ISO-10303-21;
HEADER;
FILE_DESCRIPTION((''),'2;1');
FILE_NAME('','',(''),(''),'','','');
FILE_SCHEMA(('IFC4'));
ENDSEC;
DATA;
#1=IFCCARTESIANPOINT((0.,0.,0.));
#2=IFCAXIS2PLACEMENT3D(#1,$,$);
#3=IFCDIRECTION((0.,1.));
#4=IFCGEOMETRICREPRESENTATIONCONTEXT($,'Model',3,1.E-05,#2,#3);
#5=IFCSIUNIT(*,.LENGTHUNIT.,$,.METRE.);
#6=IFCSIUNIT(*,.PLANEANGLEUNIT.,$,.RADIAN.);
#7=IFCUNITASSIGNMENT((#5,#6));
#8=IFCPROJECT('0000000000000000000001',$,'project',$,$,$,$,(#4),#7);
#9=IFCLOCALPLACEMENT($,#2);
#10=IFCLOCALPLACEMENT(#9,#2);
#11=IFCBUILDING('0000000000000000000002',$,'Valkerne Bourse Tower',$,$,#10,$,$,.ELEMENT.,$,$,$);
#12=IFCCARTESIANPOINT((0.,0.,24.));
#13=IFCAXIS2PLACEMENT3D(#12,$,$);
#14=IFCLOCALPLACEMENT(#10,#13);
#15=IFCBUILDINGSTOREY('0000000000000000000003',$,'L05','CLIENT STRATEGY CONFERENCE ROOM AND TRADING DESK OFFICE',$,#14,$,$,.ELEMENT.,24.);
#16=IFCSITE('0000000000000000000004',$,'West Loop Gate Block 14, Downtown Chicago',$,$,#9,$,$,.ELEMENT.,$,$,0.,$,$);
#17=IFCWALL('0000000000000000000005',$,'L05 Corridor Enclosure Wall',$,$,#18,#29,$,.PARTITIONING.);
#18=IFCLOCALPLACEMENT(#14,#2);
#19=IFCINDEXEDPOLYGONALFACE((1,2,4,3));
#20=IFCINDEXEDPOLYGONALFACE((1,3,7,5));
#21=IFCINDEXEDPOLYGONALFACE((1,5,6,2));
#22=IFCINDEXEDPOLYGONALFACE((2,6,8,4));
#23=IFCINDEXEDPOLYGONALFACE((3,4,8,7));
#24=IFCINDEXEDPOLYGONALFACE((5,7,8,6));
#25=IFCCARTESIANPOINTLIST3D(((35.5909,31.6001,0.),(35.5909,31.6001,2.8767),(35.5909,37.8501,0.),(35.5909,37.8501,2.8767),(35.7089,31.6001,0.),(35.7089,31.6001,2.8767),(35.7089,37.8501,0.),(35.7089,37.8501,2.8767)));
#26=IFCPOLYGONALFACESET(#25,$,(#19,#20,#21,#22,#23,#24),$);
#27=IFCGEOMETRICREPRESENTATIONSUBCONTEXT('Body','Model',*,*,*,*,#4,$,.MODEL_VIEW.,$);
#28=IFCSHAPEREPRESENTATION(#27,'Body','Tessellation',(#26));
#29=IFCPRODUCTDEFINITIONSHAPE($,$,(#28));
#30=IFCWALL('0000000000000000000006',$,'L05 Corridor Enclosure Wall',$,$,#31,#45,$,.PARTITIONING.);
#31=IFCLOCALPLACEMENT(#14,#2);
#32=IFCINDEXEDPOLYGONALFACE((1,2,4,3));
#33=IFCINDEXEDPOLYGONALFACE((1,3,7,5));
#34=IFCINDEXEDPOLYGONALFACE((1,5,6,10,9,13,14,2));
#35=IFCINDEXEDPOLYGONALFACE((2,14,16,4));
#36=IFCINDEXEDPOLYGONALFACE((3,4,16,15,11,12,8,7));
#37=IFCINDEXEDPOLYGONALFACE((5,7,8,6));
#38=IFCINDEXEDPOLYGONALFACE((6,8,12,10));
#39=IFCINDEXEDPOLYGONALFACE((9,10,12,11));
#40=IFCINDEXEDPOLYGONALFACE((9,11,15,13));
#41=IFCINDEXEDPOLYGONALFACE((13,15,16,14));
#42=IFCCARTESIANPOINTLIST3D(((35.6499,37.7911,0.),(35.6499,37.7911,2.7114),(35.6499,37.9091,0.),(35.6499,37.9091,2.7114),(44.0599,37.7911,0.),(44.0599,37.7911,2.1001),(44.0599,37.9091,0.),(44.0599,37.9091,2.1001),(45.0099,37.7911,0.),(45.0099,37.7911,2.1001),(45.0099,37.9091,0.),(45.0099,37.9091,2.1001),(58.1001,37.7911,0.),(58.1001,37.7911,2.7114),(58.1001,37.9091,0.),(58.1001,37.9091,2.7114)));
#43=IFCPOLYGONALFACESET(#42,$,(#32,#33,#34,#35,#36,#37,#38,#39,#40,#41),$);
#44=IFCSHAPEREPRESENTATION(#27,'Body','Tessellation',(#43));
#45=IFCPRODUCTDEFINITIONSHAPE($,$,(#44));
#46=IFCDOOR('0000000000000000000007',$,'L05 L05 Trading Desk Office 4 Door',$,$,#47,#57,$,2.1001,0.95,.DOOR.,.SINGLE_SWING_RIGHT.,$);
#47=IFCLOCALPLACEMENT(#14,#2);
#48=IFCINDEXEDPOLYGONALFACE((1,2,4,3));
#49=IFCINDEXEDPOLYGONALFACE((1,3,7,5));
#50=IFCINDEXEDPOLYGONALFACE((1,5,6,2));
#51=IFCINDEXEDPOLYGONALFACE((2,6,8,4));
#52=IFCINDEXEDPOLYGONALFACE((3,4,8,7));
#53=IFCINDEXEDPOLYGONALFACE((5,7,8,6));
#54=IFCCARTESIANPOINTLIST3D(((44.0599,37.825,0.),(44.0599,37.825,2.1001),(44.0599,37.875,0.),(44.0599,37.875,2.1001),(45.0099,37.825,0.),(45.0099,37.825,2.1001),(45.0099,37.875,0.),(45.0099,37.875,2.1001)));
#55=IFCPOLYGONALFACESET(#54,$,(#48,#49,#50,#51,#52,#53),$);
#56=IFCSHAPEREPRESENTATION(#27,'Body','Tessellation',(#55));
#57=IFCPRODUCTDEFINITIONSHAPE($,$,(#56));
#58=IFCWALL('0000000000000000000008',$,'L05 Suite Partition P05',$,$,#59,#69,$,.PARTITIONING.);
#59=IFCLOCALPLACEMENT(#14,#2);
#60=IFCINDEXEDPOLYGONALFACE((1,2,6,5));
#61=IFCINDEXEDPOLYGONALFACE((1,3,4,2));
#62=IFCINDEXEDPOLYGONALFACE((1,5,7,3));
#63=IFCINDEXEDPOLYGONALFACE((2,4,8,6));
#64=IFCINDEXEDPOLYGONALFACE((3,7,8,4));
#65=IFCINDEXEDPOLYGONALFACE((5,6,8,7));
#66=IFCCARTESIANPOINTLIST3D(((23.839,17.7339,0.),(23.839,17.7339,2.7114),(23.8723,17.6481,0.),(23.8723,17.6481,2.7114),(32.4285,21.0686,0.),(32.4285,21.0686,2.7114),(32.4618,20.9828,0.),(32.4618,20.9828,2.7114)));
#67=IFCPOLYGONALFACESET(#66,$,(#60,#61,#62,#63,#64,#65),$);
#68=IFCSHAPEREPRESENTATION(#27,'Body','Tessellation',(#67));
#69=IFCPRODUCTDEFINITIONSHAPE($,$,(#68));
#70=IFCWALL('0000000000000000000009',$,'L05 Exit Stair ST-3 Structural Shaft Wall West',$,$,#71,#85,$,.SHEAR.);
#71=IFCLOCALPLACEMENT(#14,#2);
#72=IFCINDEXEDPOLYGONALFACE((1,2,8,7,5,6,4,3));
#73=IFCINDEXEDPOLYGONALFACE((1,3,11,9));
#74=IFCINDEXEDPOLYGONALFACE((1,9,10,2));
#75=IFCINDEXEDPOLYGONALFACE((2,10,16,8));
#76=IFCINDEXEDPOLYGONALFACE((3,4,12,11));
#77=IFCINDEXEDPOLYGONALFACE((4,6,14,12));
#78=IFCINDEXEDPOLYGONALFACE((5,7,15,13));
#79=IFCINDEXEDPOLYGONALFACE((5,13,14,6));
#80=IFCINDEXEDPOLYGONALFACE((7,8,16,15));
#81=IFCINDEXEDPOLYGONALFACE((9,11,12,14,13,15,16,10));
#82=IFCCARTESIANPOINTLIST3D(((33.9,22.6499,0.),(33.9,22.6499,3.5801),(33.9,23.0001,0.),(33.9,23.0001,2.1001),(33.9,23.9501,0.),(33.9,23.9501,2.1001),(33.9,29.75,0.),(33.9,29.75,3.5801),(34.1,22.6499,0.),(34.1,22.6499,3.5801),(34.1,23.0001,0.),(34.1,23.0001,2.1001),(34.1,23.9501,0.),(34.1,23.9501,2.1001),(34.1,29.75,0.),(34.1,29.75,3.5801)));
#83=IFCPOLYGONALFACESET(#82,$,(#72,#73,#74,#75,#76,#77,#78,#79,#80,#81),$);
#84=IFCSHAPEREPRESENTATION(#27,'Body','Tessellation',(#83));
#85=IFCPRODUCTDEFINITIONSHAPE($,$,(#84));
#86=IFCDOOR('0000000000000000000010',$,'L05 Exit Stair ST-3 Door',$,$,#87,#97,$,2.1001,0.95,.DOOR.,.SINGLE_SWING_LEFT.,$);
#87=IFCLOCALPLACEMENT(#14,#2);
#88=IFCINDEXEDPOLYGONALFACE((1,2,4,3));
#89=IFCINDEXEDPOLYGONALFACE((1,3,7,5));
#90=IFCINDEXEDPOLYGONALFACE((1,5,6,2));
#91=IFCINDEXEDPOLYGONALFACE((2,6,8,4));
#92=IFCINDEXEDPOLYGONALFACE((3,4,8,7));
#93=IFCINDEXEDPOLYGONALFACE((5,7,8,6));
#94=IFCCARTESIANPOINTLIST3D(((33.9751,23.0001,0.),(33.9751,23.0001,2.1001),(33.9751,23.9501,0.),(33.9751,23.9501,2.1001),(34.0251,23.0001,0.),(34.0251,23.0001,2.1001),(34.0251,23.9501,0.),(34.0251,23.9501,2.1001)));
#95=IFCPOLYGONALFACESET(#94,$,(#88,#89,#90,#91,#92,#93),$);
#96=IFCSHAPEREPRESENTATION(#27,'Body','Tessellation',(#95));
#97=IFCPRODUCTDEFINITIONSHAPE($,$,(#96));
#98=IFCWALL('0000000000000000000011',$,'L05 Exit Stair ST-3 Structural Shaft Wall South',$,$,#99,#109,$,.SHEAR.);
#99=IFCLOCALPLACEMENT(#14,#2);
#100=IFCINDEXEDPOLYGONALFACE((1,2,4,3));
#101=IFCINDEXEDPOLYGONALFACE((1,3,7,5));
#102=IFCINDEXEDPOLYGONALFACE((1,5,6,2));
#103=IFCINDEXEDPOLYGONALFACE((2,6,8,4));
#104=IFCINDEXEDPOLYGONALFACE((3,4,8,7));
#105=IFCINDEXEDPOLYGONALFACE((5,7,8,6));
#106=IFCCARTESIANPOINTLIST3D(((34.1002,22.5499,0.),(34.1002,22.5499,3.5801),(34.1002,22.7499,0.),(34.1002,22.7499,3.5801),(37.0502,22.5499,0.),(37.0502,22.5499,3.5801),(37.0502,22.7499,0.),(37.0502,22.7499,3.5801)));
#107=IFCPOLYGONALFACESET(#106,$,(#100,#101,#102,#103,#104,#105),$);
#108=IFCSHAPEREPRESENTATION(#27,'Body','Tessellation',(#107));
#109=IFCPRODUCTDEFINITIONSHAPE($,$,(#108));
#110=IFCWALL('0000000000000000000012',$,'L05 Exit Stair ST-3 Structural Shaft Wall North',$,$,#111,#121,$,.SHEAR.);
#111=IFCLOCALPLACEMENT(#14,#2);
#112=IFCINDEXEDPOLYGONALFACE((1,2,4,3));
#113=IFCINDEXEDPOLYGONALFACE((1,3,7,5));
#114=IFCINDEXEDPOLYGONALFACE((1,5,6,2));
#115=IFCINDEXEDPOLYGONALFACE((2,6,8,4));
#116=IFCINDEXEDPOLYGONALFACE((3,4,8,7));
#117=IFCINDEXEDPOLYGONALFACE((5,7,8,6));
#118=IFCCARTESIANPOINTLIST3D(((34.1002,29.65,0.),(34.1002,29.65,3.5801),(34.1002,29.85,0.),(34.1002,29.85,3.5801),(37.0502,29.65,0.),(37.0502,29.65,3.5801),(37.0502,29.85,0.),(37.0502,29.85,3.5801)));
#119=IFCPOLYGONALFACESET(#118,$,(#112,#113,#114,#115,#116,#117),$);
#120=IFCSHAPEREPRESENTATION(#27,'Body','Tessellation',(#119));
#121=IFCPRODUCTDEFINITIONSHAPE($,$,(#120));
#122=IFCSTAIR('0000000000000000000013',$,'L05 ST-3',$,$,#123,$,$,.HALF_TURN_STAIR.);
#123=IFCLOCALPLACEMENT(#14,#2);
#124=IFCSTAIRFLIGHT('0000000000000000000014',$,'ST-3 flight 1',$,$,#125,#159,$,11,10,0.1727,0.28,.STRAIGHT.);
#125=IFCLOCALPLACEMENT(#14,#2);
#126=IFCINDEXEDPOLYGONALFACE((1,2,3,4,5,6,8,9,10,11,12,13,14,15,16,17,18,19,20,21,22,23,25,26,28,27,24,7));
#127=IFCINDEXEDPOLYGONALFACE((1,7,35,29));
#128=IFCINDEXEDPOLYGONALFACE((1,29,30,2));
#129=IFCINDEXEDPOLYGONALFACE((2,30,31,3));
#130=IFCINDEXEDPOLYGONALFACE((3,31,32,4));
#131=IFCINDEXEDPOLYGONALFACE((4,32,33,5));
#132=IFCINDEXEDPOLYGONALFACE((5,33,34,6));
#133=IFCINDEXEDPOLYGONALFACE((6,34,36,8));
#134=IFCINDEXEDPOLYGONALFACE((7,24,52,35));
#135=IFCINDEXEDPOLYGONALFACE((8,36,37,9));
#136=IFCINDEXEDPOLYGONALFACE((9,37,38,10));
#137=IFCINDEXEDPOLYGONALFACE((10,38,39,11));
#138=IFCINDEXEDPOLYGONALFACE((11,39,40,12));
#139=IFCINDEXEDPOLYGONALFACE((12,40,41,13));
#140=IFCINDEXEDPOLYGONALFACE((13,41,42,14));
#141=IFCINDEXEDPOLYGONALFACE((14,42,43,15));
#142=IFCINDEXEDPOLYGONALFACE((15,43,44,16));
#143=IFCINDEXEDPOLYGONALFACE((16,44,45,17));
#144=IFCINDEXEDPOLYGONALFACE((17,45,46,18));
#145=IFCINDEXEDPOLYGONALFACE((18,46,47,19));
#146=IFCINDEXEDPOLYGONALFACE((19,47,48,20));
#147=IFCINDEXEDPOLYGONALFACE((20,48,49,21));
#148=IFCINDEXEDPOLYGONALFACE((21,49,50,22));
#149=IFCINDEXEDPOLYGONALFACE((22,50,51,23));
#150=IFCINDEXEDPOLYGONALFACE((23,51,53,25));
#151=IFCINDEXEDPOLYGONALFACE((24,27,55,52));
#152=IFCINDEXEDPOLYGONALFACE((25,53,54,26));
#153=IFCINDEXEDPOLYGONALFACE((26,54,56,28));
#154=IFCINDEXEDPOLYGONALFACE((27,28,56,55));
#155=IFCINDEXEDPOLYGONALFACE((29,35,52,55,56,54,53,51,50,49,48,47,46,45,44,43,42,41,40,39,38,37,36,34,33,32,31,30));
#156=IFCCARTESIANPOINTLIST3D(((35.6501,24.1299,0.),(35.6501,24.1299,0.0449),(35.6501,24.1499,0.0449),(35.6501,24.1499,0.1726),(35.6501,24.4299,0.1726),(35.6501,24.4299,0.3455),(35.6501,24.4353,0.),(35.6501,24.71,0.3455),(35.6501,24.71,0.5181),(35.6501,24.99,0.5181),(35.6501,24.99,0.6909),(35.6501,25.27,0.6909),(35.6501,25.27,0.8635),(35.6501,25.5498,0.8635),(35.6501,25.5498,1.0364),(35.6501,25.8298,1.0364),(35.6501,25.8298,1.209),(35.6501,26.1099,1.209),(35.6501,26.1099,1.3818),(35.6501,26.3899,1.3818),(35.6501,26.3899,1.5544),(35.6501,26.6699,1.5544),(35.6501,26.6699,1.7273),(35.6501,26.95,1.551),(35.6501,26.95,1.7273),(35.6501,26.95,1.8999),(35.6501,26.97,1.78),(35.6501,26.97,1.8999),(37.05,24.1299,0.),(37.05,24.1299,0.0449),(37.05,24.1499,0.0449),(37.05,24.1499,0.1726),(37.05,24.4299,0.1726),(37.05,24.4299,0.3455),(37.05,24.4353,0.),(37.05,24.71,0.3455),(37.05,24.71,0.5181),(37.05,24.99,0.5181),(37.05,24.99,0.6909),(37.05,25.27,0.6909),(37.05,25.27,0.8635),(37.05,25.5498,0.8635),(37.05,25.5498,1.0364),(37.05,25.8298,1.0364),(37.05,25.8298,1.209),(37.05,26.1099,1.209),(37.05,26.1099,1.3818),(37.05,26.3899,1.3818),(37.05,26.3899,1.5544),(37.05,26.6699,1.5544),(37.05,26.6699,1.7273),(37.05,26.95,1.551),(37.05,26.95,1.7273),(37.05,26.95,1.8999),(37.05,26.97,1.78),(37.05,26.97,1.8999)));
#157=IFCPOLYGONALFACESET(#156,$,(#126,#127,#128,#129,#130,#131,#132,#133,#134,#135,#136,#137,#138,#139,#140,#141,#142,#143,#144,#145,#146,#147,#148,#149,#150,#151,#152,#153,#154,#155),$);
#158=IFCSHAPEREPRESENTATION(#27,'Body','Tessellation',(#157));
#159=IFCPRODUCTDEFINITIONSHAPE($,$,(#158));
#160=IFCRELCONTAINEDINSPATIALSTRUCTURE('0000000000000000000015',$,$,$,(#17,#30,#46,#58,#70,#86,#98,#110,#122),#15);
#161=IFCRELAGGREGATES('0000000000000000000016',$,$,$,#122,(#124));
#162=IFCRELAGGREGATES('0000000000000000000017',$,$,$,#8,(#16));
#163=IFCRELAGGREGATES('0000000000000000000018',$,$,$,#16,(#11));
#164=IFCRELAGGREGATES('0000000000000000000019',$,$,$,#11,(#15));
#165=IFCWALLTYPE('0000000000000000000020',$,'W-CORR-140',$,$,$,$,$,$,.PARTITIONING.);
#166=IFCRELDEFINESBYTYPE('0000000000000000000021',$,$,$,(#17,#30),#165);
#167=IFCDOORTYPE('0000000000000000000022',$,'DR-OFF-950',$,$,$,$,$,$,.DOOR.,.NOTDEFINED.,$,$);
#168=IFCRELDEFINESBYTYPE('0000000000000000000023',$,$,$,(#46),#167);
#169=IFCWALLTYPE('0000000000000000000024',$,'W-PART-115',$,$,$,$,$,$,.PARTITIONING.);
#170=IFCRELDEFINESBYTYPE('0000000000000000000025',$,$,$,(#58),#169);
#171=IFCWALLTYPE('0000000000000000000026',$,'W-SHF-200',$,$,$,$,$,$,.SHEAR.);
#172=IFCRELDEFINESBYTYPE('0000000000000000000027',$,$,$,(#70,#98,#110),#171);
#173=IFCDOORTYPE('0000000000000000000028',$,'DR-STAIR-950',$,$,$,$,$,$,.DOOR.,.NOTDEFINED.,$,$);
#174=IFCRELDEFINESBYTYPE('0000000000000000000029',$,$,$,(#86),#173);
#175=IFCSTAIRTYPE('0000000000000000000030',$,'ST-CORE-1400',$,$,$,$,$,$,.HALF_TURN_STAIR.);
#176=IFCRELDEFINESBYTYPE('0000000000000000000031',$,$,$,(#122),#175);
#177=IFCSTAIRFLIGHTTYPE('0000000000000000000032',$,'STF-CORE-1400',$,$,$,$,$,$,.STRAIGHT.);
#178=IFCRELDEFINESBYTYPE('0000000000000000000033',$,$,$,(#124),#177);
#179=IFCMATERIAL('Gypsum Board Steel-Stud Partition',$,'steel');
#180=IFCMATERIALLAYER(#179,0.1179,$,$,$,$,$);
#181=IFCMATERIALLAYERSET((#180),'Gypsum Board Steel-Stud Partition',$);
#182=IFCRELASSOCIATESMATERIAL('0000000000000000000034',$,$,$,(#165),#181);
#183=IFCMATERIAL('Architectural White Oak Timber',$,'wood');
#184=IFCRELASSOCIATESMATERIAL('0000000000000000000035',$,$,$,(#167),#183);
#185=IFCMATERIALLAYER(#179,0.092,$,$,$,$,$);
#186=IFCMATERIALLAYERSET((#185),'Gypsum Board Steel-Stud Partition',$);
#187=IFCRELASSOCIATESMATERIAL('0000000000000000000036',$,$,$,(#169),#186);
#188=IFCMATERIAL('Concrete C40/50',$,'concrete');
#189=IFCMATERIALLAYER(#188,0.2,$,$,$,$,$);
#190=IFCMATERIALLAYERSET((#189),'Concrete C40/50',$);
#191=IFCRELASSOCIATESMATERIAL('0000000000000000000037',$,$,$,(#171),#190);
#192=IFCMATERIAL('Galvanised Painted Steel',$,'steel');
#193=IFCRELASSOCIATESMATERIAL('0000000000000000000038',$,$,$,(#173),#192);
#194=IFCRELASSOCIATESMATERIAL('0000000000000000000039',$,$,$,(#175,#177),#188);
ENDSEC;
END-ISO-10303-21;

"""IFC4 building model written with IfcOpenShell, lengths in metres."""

from ifc_helpers import new_model, si_unit, direction, frame, frame_2d, origin, place, context, subcontext, project, spatial, polyline, rectangle, outline, extrude, material, layer, layer_set, type_object, element, fill, aggregate, save


model = new_model("IFC4")

# Units and contexts
model_context = context("Model", 3, precision=1e-05, world=origin(), true_north=direction((0.0, 1.0)))
body_context = subcontext(model_context, "Body", "Model", "MODEL_VIEW")
ifc_project = project(units=[si_unit("LENGTHUNIT", "METRE"), si_unit("PLANEANGLEUNIT", "RADIAN")], contexts=[model_context])

# Site, building, storey
site_placement = place(None, origin())
site = spatial("IfcSite", under=ifc_project, at=site_placement, Name="West Loop Gate Block 14, Downtown Chicago", CompositionType="ELEMENT", RefElevation=0.0)
building_placement = place(site_placement, origin())
building = spatial("IfcBuilding", under=site, at=building_placement, Name="Valkerne Bourse Tower", CompositionType="ELEMENT")
storey_placement = place(building_placement, frame((0.0, 0.0, 24.0)))
storey = spatial("IfcBuildingStorey", under=building, at=storey_placement, Name="L05", Description="CLIENT STRATEGY CONFERENCE ROOM AND TRADING DESK OFFICE", CompositionType="ELEMENT", Elevation=24.0)

# Wall
ifc_material_1 = material(Name="Gypsum Board Steel-Stud Partition", Category="steel")
ifc_layer_1 = layer(ifc_material_1, 0.1179)
ifc_layer_set_1 = layer_set([ifc_layer_1], Name="Gypsum Board Steel-Stud Partition")
wall_type_1 = type_object("IfcWallType", Name="W-CORR-140", PredefinedType="PARTITIONING", material=ifc_layer_set_1)
wall_1_placement = place(storey_placement, frame((35.6499, 31.6001, 0.0), z_axis=(0.0, 0.0, 1.0), x_axis=(0.0, 1.0, 0.0)))
element("IfcWall", 1, at=wall_1_placement, inside=storey, type_object=wall_type_1, Name="L05 Corridor Enclosure Wall", PredefinedType="PARTITIONING", context=body_context, shape_type="SweptSolid", body=[
    extrude(rectangle(XDim=6.25, YDim=0.1179, at=frame_2d((3.125, 0.0))), origin(), (0.0, 0.0, 1.0), 2.8767),
])

# Wall, opening, door
wall_2_placement = place(storey_placement, frame((35.6499, 37.8501, 0.0), z_axis=(0.0, 0.0, 1.0), x_axis=(1.0, 0.0, 0.0)))
wall_2 = element("IfcWall", 2, at=wall_2_placement, inside=storey, type_object=wall_type_1, Name="L05 Corridor Enclosure Wall", PredefinedType="PARTITIONING", context=body_context, shape_type="SweptSolid", body=[
    extrude(rectangle(XDim=22.4502, YDim=0.1179, at=frame_2d((11.2251, 0.0))), origin(), (0.0, 0.0, 1.0), 2.7114),
])
opening_1_placement = place(wall_2_placement, frame((8.4099, 0.0, 0.0)))
opening_1 = element("IfcOpeningElement", 3, at=opening_1_placement, cuts=wall_2, PredefinedType="OPENING", context=body_context, shape_type="SweptSolid", body=[
    extrude(rectangle(XDim=0.95, YDim=2.1001, at=frame_2d((0.4751, 1.05))), frame((0.0, 0.0688, 0.0), z_axis=(0.0, -1.0, 0.0), x_axis=(1.0, 0.0, 0.0)), (0.0, 0.0, 1.0), 0.1379),
])
ifc_material_2 = material(Name="Architectural White Oak Timber", Category="wood")
door_type_1 = type_object("IfcDoorType", Name="DR-OFF-950", OperationType="NOTDEFINED", PredefinedType="DOOR", material=ifc_material_2)
door_1_placement = place(opening_1_placement, origin())
door_1 = element("IfcDoor", 4, at=door_1_placement, inside=storey, type_object=door_type_1, Name="L05 L05 Trading Desk Office 4 Door", OperationType="SINGLE_SWING_RIGHT", OverallHeight=2.1001, OverallWidth=0.95, PredefinedType="DOOR", context=body_context, shape_type="SweptSolid", body=[
    extrude(rectangle(XDim=0.95, YDim=2.1001, at=frame_2d((0.4751, 1.05))), frame((0.0, 0.0249, 0.0), z_axis=(0.0, -1.0, 0.0), x_axis=(1.0, 0.0, 0.0)), (0.0, 0.0, 1.0), 0.05),
])
fill(opening_1, door_1)

# Wall
ifc_layer_2 = layer(ifc_material_1, 0.092)
ifc_layer_set_2 = layer_set([ifc_layer_2], Name="Gypsum Board Steel-Stud Partition")
wall_type_2 = type_object("IfcWallType", Name="W-PART-115", PredefinedType="PARTITIONING", material=ifc_layer_set_2)
wall_3_placement = place(storey_placement, frame((32.4451, 21.0256, 0.0), z_axis=(0.0, 0.0, 1.0), x_axis=(-0.932213, -0.36191, 0.0)))
element("IfcWall", 5, at=wall_3_placement, inside=storey, type_object=wall_type_2, Name="L05 Suite Partition P05", PredefinedType="PARTITIONING", context=body_context, shape_type="SweptSolid", body=[
    extrude(rectangle(XDim=9.2141, YDim=0.092, at=frame_2d((4.6069, 0.0))), origin(), (0.0, 0.0, 1.0), 2.7114),
])

# Wall, opening, door
ifc_material_3 = material(Name="Concrete C40/50", Category="concrete")
ifc_layer_3 = layer(ifc_material_3, 0.2)
ifc_layer_set_3 = layer_set([ifc_layer_3], Name="Concrete C40/50")
wall_type_3 = type_object("IfcWallType", Name="W-SHF-200", PredefinedType="SHEAR", material=ifc_layer_set_3)
wall_4_placement = place(storey_placement, frame((34.0, 22.6499, 0.0), z_axis=(0.0, 0.0, 1.0), x_axis=(0.0, 1.0, 0.0)))
wall_4 = element("IfcWall", 6, at=wall_4_placement, inside=storey, type_object=wall_type_3, Name="L05 Exit Stair ST-3 Structural Shaft Wall West", PredefinedType="SHEAR", context=body_context, shape_type="SweptSolid", body=[
    extrude(rectangle(XDim=7.1001, YDim=0.2, at=frame_2d((3.55, 0.0))), origin(), (0.0, 0.0, 1.0), 3.5801),
])
opening_2_placement = place(wall_4_placement, frame((0.3501, 0.0, 0.0)))
opening_2 = element("IfcOpeningElement", 7, at=opening_2_placement, cuts=wall_4, PredefinedType="OPENING", context=body_context, shape_type="SweptSolid", body=[
    extrude(rectangle(XDim=0.95, YDim=2.1001, at=frame_2d((0.4751, 1.05))), frame((0.0, 0.1099, 0.0), z_axis=(0.0, -1.0, 0.0), x_axis=(1.0, 0.0, 0.0)), (0.0, 0.0, 1.0), 0.22),
])
ifc_material_4 = material(Name="Galvanised Painted Steel", Category="steel")
door_type_2 = type_object("IfcDoorType", Name="DR-STAIR-950", OperationType="NOTDEFINED", PredefinedType="DOOR", material=ifc_material_4)
door_2_placement = place(opening_2_placement, origin())
door_2 = element("IfcDoor", 8, at=door_2_placement, inside=storey, type_object=door_type_2, Name="L05 Exit Stair ST-3 Door", OperationType="SINGLE_SWING_LEFT", OverallHeight=2.1001, OverallWidth=0.95, PredefinedType="DOOR", context=body_context, shape_type="SweptSolid", body=[
    extrude(rectangle(XDim=0.95, YDim=2.1001, at=frame_2d((0.4751, 1.05))), frame((0.0, 0.0249, 0.0), z_axis=(0.0, -1.0, 0.0), x_axis=(1.0, 0.0, 0.0)), (0.0, 0.0, 1.0), 0.05),
])
fill(opening_2, door_2)

# Walls
for number, where, z_axis, x_axis, name in (
    (9, (34.1001, 22.6499, 0.0), (0.0, 0.0, 1.0), (1.0, 0.0, 0.0), "L05 Exit Stair ST-3 Structural Shaft Wall South"),
    (10, (34.1001, 29.75, 0.0), (0.0, 0.0, 1.0), (1.0, 0.0, 0.0), "L05 Exit Stair ST-3 Structural Shaft Wall North"),
):
    element("IfcWall", number, at=place(storey_placement, frame(where, z_axis=z_axis, x_axis=x_axis)), inside=storey, type_object=wall_type_3, Name=name, PredefinedType="SHEAR", context=body_context, shape_type="SweptSolid", body=[
        extrude(rectangle(XDim=2.95, YDim=0.2, at=frame_2d((1.4751, 0.0))), origin(), (0.0, 0.0, 1.0), 3.5801),
    ])

# Stair, stair flight
stair_type = type_object("IfcStairType", Name="ST-CORE-1400", PredefinedType="HALF_TURN_STAIR", material=ifc_material_3)
stair_placement = place(storey_placement, origin())
stair = element("IfcStair", 11, at=stair_placement, inside=storey, type_object=stair_type, Name="L05 ST-3", PredefinedType="HALF_TURN_STAIR")
stair_flight_type = type_object("IfcStairFlightType", Name="STF-CORE-1400", PredefinedType="STRAIGHT", material=ifc_material_3)
stair_flight_1_placement = place(storey_placement, frame((36.3501, 24.1499, 0.0), z_axis=(0.0, 0.0, 1.0), x_axis=(0.0, 1.0, 0.0)))
stair_flight_1 = element("IfcStairFlight", 12, at=stair_flight_1_placement, type_object=stair_flight_type, Name="ST-3 flight 1", NumberOfRisers=11, NumberOfTreads=10, PredefinedType="STRAIGHT", RiserHeight=0.1727, TreadLength=0.28, context=body_context, shape_type="SweptSolid", body=[
    extrude(outline(polyline([(-0.02, 0.0), (-0.02, 0.0449), (0.0, 0.0449), (0.0, 0.1726), (0.28, 0.1726), (0.28, 0.3455), (0.5601, 0.3455), (0.5601, 0.5181), (0.8401, 0.5181), (0.8401, 0.6909), (1.1201, 0.6909), (1.1201, 0.8635), (1.3999, 0.8635), (1.3999, 1.0364), (1.6799, 1.0364), (1.6799, 1.209), (1.96, 1.209), (1.96, 1.3818), (2.24, 1.3818), (2.24, 1.5544), (2.52, 1.5544), (2.52, 1.7273), (2.8, 1.7273), (2.8, 1.8999), (2.8201, 1.8999), (2.8201, 1.78), (2.8, 1.551), (0.2854, 0.0), (-0.02, 0.0)])), frame((0.0, 0.7, 0.0), z_axis=(0.0, -1.0, 0.0), x_axis=(1.0, 0.0, 0.0)), (0.0, 0.0, 1.0), 1.3999),
])
aggregate(stair, [stair_flight_1])

save(model, "model.ifc")
